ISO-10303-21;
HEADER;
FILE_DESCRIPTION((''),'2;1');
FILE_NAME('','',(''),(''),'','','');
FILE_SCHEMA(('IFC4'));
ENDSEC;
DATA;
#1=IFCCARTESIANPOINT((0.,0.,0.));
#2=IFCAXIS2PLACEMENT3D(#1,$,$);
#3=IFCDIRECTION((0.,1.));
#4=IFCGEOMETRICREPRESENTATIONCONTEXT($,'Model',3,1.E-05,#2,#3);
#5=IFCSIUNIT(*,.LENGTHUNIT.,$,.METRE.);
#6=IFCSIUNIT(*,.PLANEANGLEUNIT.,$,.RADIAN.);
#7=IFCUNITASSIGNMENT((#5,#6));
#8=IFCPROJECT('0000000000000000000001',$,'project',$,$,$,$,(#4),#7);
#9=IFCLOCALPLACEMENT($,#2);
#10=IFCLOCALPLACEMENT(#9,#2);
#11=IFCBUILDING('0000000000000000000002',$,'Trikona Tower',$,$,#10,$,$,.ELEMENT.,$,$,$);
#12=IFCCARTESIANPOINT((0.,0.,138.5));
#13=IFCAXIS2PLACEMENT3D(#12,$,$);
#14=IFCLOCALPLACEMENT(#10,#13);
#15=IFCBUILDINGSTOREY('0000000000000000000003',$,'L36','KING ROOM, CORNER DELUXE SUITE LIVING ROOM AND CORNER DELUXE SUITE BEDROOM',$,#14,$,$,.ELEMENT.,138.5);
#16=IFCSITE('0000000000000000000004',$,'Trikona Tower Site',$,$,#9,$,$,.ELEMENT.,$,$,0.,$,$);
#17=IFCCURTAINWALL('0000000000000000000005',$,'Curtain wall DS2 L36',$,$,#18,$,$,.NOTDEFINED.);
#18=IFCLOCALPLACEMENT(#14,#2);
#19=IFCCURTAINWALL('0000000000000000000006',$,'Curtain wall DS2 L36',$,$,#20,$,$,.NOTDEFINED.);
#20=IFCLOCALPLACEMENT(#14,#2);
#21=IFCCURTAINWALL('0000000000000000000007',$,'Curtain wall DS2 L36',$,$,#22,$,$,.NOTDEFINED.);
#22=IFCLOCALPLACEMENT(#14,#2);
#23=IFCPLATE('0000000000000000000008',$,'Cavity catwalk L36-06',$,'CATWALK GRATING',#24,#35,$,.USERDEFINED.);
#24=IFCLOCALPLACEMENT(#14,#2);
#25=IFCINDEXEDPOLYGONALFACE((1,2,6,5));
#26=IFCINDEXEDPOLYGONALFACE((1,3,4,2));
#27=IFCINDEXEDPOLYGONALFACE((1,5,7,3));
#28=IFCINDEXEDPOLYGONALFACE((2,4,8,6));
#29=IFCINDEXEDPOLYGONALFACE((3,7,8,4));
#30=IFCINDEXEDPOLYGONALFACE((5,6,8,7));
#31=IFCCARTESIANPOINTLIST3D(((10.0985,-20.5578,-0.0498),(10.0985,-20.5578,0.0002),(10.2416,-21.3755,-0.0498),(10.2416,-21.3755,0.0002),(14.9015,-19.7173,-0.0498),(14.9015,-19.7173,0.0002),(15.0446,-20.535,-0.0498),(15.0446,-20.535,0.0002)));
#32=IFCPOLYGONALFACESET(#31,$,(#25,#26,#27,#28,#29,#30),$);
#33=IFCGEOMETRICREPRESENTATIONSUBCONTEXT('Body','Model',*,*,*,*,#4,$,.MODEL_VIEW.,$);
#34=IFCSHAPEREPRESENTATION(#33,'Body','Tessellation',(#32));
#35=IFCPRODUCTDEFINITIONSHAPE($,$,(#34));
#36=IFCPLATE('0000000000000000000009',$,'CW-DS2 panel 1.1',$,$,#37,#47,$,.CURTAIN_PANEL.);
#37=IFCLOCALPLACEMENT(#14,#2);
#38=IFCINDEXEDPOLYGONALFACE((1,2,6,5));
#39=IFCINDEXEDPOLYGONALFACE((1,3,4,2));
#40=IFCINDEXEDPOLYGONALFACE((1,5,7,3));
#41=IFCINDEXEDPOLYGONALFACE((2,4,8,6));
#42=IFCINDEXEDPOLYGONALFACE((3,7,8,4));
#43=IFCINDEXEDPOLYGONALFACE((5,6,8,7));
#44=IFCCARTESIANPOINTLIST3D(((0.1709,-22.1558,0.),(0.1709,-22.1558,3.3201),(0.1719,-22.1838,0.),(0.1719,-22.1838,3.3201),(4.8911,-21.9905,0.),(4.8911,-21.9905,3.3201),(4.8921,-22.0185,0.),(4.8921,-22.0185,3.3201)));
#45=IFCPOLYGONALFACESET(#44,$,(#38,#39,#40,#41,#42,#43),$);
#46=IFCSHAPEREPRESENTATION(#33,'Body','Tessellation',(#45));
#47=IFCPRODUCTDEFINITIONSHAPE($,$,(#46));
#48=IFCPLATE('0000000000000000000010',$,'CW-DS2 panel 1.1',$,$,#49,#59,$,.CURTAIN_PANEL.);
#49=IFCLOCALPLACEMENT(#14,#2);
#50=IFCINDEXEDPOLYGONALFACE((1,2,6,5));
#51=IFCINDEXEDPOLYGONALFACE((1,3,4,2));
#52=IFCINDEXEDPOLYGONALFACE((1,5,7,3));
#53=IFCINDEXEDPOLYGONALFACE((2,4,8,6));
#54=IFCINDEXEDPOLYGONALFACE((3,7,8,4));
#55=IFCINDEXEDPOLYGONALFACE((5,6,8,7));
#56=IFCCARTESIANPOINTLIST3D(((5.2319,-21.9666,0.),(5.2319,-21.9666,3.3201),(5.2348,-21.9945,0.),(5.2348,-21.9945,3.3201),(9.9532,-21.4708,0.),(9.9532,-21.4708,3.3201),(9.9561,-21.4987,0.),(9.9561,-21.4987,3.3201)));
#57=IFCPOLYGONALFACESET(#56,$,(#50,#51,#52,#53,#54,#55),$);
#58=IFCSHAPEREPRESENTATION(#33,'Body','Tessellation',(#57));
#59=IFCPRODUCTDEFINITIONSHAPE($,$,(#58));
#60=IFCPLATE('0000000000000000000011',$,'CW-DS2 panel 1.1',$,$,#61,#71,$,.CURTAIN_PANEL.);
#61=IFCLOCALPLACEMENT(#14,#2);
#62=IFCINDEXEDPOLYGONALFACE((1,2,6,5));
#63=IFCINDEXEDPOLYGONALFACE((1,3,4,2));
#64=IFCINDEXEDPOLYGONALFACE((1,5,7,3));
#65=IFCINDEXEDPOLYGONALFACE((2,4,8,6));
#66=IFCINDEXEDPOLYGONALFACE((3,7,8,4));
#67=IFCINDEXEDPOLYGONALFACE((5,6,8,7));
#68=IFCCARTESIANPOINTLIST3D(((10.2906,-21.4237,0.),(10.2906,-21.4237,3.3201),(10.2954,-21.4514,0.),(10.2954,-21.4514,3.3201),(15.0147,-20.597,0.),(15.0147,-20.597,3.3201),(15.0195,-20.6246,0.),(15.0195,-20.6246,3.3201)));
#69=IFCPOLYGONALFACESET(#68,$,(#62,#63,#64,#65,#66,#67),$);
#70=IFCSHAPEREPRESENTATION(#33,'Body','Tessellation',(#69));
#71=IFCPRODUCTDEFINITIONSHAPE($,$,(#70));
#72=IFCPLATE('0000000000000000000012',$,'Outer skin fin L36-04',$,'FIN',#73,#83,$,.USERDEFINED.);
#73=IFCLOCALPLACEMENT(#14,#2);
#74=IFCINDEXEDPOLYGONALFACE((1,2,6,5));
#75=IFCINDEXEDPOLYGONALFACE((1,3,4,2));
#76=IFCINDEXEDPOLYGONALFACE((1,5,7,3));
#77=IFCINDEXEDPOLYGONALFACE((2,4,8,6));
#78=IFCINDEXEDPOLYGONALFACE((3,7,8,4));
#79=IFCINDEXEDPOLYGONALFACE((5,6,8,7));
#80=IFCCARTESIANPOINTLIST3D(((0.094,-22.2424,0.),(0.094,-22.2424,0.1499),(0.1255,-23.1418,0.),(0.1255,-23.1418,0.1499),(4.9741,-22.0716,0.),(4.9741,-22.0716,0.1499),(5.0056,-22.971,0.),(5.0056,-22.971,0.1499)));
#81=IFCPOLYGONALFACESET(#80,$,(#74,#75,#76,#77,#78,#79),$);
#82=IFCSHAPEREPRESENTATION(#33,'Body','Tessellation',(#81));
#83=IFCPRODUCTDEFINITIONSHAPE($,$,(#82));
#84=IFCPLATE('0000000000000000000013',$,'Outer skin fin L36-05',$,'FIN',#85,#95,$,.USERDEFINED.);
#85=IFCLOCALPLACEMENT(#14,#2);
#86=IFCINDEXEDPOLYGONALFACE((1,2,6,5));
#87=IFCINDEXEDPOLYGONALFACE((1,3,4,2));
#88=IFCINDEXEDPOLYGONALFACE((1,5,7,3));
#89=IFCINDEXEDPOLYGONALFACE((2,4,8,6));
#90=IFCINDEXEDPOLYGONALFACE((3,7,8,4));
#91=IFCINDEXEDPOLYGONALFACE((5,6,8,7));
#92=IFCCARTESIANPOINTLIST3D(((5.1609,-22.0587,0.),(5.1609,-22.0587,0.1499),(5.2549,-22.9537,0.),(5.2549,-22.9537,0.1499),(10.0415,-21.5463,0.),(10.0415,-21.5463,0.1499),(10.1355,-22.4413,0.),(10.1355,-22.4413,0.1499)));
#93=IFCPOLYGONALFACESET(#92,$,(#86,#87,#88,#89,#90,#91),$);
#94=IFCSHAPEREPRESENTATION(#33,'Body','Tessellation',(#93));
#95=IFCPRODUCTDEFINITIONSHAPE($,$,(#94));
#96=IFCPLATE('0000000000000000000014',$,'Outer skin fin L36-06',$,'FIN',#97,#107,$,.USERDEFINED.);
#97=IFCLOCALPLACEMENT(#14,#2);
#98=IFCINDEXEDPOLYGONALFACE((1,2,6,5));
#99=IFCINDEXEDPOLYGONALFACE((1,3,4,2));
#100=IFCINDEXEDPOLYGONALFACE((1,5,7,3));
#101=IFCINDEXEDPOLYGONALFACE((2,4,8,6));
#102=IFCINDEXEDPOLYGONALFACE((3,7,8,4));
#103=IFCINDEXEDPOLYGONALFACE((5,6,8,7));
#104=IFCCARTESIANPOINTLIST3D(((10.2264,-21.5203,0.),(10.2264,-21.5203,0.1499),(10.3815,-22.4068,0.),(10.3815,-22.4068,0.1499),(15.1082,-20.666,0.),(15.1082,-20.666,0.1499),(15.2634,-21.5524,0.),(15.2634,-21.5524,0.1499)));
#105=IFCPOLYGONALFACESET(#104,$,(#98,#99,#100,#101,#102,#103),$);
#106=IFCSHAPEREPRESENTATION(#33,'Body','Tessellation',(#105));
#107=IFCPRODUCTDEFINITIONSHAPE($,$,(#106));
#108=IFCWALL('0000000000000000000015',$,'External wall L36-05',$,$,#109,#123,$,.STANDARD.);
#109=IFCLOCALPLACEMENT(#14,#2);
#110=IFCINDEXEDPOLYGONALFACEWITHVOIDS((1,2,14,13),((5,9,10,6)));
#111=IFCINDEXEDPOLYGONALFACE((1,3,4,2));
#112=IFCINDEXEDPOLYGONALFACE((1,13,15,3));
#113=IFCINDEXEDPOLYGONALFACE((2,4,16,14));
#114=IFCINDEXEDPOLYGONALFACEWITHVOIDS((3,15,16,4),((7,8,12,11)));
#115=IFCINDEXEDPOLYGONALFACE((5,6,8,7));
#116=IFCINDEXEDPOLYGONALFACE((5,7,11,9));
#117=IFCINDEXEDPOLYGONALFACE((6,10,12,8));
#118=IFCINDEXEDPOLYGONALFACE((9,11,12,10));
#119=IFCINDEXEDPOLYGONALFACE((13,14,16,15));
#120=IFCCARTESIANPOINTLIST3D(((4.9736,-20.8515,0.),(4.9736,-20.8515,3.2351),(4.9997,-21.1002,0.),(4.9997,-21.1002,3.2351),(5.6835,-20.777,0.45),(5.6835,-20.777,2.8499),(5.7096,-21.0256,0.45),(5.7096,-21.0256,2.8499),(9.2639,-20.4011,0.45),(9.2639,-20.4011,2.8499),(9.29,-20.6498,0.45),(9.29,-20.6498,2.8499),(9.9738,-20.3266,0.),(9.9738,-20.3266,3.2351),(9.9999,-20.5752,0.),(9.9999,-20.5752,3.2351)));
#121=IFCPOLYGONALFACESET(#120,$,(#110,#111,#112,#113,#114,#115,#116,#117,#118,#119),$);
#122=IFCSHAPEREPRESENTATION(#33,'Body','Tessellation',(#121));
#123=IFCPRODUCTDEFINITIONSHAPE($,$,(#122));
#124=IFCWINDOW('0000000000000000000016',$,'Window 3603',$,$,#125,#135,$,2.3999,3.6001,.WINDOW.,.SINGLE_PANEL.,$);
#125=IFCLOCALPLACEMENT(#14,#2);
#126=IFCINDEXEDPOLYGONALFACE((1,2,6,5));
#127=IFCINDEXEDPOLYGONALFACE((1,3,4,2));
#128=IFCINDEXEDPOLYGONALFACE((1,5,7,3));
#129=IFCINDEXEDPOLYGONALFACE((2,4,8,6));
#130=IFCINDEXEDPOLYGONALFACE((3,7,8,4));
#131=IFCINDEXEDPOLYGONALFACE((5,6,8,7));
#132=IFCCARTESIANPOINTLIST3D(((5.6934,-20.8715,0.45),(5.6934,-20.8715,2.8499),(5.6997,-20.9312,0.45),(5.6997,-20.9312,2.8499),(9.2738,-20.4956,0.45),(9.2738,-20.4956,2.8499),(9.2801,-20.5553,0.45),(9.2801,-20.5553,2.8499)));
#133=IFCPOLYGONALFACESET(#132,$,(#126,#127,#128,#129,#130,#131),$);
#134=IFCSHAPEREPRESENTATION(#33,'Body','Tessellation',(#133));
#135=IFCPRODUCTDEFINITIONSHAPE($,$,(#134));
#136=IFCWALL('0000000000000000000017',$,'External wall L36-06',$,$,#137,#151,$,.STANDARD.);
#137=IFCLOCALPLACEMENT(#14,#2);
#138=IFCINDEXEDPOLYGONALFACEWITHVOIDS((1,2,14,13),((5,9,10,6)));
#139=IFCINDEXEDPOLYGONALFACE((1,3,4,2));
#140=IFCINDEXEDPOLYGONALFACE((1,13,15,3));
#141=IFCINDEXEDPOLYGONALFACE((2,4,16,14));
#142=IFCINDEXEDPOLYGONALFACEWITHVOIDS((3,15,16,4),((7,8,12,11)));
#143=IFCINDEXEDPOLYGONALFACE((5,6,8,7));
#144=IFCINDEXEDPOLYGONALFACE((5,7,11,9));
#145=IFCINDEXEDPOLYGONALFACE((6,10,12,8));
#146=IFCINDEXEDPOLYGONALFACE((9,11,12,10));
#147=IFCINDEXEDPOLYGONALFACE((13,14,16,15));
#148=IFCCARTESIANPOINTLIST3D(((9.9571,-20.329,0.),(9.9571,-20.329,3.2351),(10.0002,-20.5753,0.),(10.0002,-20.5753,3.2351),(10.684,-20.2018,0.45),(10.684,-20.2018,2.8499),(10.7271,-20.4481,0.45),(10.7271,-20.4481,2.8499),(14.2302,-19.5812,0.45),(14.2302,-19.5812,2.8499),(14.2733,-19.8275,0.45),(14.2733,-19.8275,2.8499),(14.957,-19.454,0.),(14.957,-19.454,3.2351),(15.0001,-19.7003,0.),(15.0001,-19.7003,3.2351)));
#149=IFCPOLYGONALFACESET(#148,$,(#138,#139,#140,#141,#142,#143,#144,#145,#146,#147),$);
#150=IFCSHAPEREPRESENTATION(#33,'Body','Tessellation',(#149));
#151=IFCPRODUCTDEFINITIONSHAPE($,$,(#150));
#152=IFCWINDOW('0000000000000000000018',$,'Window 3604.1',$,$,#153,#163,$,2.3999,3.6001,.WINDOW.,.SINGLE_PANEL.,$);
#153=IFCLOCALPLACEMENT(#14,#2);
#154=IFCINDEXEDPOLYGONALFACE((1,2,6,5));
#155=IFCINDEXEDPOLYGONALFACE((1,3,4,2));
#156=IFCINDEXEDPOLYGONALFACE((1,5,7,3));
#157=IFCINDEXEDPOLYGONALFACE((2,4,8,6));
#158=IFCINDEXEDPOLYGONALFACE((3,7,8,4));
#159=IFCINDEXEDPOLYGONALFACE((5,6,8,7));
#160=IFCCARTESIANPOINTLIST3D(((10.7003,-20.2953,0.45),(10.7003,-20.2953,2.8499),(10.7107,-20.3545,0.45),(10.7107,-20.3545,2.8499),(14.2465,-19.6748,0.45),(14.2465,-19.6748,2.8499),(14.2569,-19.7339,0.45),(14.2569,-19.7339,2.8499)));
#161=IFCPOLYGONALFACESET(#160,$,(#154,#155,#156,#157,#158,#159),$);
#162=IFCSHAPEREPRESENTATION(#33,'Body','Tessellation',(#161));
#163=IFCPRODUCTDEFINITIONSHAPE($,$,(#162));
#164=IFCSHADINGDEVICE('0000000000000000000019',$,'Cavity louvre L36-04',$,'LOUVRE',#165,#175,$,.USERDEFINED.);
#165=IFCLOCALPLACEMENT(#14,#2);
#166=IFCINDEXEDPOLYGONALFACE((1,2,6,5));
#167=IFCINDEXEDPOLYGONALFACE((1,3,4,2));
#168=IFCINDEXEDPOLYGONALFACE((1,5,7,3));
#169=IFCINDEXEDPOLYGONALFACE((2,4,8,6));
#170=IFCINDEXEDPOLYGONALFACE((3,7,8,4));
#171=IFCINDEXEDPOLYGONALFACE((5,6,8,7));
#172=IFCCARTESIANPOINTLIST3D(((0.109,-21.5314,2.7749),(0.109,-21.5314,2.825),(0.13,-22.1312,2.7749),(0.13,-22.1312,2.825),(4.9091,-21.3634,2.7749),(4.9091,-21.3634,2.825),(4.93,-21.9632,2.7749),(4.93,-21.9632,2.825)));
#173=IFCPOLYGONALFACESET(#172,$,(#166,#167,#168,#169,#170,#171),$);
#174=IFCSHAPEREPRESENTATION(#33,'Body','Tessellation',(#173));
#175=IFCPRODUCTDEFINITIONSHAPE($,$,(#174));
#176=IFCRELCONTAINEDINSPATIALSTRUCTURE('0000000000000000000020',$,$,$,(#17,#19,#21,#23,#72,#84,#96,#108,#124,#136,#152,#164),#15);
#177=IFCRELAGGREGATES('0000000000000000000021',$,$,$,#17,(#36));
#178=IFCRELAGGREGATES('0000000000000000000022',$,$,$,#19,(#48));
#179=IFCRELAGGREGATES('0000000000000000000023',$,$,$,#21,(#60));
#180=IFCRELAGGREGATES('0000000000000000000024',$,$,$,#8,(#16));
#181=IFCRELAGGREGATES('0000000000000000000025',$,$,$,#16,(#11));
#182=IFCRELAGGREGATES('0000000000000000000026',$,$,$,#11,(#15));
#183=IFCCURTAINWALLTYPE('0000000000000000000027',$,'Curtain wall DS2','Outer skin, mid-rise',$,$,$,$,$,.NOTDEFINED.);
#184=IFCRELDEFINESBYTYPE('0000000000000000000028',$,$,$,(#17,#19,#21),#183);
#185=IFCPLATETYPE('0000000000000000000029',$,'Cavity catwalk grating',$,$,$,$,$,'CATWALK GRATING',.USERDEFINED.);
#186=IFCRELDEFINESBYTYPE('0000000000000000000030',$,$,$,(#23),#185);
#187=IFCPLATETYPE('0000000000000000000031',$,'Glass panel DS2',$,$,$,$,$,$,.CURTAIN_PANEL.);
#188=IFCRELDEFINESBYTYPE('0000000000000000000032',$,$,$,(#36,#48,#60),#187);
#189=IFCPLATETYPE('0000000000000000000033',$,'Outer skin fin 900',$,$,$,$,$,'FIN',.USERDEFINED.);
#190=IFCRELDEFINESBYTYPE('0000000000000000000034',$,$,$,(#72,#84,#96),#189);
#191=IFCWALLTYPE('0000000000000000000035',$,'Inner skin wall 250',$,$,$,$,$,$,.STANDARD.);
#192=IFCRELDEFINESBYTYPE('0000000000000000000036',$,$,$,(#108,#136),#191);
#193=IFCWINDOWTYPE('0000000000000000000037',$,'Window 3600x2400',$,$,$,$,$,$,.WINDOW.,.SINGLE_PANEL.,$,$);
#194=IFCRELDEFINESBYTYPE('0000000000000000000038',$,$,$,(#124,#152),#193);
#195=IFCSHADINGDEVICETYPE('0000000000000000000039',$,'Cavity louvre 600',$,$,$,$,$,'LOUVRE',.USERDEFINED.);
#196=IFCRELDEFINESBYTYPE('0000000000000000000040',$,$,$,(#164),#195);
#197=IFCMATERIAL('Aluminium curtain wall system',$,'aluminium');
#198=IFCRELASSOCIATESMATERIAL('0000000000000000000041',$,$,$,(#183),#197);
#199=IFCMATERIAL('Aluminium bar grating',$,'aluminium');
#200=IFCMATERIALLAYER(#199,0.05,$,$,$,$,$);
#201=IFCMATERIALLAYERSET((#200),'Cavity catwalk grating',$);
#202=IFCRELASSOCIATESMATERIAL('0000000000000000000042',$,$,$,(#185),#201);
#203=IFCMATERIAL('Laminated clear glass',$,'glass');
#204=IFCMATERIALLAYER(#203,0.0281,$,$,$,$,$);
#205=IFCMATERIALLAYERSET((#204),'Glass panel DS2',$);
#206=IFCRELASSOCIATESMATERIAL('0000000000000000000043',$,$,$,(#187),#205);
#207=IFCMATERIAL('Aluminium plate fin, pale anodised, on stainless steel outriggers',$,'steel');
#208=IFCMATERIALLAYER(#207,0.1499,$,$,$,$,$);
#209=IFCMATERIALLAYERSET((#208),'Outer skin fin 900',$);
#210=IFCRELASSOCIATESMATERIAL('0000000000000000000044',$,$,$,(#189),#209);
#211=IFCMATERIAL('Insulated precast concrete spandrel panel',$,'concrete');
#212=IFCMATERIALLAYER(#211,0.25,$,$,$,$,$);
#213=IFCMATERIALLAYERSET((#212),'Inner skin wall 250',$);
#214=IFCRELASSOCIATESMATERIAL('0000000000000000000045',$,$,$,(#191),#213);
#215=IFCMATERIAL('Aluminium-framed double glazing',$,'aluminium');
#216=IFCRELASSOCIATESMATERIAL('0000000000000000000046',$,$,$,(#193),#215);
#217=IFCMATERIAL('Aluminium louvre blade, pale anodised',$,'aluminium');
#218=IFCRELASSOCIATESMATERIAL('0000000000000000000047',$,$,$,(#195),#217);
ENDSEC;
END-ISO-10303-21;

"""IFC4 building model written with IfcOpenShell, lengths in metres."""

from ifc_helpers import new_model, si_unit, direction, frame, frame_2d, origin, origin_2d, place, context, subcontext, project, spatial, rectangle, extrude, material, layer, layer_set, type_object, element, fill, aggregate, save


model = new_model("IFC4")

# Units and contexts
model_context = context("Model", 3, precision=1e-05, world=origin(), true_north=direction((0.0, 1.0)))
body_context = subcontext(model_context, "Body", "Model", "MODEL_VIEW")
ifc_project = project(units=[si_unit("LENGTHUNIT", "METRE"), si_unit("PLANEANGLEUNIT", "RADIAN")], contexts=[model_context])

# Site, building, storey
site_placement = place(None, origin())
site = spatial("IfcSite", under=ifc_project, at=site_placement, Name="Trikona Tower Site", CompositionType="ELEMENT", RefElevation=0.0)
building_placement = place(site_placement, origin())
building = spatial("IfcBuilding", under=site, at=building_placement, Name="Trikona Tower", CompositionType="ELEMENT")
storey_placement = place(building_placement, frame((0.0, 0.0, 138.5)))
storey = spatial("IfcBuildingStorey", under=building, at=storey_placement, Name="L36", Description="KING ROOM, CORNER DELUXE SUITE LIVING ROOM AND CORNER DELUXE SUITE BEDROOM", CompositionType="ELEMENT", Elevation=138.5)

# Curtain walls
ifc_material_1 = material(Name="Aluminium curtain wall system", Category="aluminium")
curtain_wall_type = type_object("IfcCurtainWallType", Name="Curtain wall DS2", Description="Outer skin, mid-rise", PredefinedType="NOTDEFINED", material=ifc_material_1)
curtain_wall_1_placement = place(storey_placement, origin())
curtain_wall_1 = element("IfcCurtainWall", 1, at=curtain_wall_1_placement, inside=storey, type_object=curtain_wall_type, Name="Curtain wall DS2 L36", PredefinedType="NOTDEFINED")
curtain_wall_2_placement = place(storey_placement, origin())
curtain_wall_2 = element("IfcCurtainWall", 2, at=curtain_wall_2_placement, inside=storey, type_object=curtain_wall_type, Name="Curtain wall DS2 L36", PredefinedType="NOTDEFINED")

# Curtain wall
curtain_wall_3_placement = place(storey_placement, origin())
curtain_wall_3 = element("IfcCurtainWall", 3, at=curtain_wall_3_placement, inside=storey, type_object=curtain_wall_type, Name="Curtain wall DS2 L36", PredefinedType="NOTDEFINED")

# Plate
ifc_material_2 = material(Name="Aluminium bar grating", Category="aluminium")
ifc_layer_1 = layer(ifc_material_2, 0.05)
ifc_layer_set_1 = layer_set([ifc_layer_1], Name="Cavity catwalk grating")
plate_type_1 = type_object("IfcPlateType", Name="Cavity catwalk grating", ElementType="CATWALK GRATING", PredefinedType="USERDEFINED", material=ifc_layer_set_1)
plate_1_placement = place(storey_placement, frame((12.5715, -20.5464, -0.0498), z_axis=(0.0, 0.0, 1.0), x_axis=(0.985031, 0.17238, 0.0)))
element("IfcPlate", 4, at=plate_1_placement, inside=storey, type_object=plate_type_1, Name="Cavity catwalk L36-06", ObjectType="CATWALK GRATING", PredefinedType="USERDEFINED", context=body_context, shape_type="SweptSolid", body=[
    extrude(rectangle(XDim=4.876, YDim=0.8301, at=origin_2d()), origin(), (0.0, 0.0, 1.0), 0.05),
])

# Plates
ifc_material_3 = material(Name="Laminated clear glass", Category="glass")
ifc_layer_2 = layer(ifc_material_3, 0.0281)
ifc_layer_set_2 = layer_set([ifc_layer_2], Name="Glass panel DS2")
plate_type_2 = type_object("IfcPlateType", Name="Glass panel DS2", PredefinedType="CURTAIN_PANEL", material=ifc_layer_set_2)
plate_2_placement = place(storey_placement, frame((2.5315, -22.0872, 0.0), z_axis=(0.0, 0.0, 1.0), x_axis=(0.999387, 0.034998, 0.0)))
plate_2 = element("IfcPlate", 5, at=plate_2_placement, type_object=plate_type_2, Name="CW-DS2 panel 1.1", PredefinedType="CURTAIN_PANEL", context=body_context, shape_type="SweptSolid", body=[
    extrude(rectangle(XDim=4.7231, YDim=0.0281, at=origin_2d()), origin(), (0.0, 0.0, 1.0), 3.3201),
])
aggregate(curtain_wall_1, [plate_2])
plate_3_placement = place(storey_placement, frame((7.594, -21.7327, 0.0), z_axis=(0.0, 0.0, 1.0), x_axis=(0.994532, 0.104433, 0.0)))
plate_3 = element("IfcPlate", 6, at=plate_3_placement, type_object=plate_type_2, Name="CW-DS2 panel 1.1", PredefinedType="CURTAIN_PANEL", context=body_context, shape_type="SweptSolid", body=[
    extrude(rectangle(XDim=4.7473, YDim=0.0281, at=origin_2d()), origin(), (0.0, 0.0, 1.0), 3.3201),
])
aggregate(curtain_wall_2, [plate_3])
plate_4_placement = place(storey_placement, frame((12.655, -21.0242, 0.0), z_axis=(0.0, 0.0, 1.0), x_axis=(0.985031, 0.172377, 0.0)))
plate_4 = element("IfcPlate", 7, at=plate_4_placement, type_object=plate_type_2, Name="CW-DS2 panel 1.1", PredefinedType="CURTAIN_PANEL", context=body_context, shape_type="SweptSolid", body=[
    extrude(rectangle(XDim=4.7959, YDim=0.0281, at=origin_2d()), origin(), (0.0, 0.0, 1.0), 3.3201),
])
aggregate(curtain_wall_3, [plate_4])

# Plates
ifc_material_4 = material(Name="Aluminium plate fin, pale anodised, on stainless steel outriggers", Category="steel")
ifc_layer_3 = layer(ifc_material_4, 0.1499)
ifc_layer_set_3 = layer_set([ifc_layer_3], Name="Outer skin fin 900")
plate_type_3 = type_object("IfcPlateType", Name="Outer skin fin 900", ElementType="FIN", PredefinedType="USERDEFINED", material=ifc_layer_set_3)
plate_5_placement = place(storey_placement, frame((2.5498, -22.6067, 0.0), z_axis=(0.0, 0.0, 1.0), x_axis=(0.999388, 0.034978, 0.0)))
element("IfcPlate", 8, at=plate_5_placement, inside=storey, type_object=plate_type_3, Name="Outer skin fin L36-04", ObjectType="FIN", PredefinedType="USERDEFINED", context=body_context, shape_type="SweptSolid", body=[
    extrude(rectangle(XDim=4.8831, YDim=0.8999, at=origin_2d()), origin(), (0.0, 0.0, 1.0), 0.1499),
])
plate_6_placement = place(storey_placement, frame((7.6482, -22.25, 0.0), z_axis=(0.0, 0.0, 1.0), x_axis=(0.994533, 0.104426, 0.0)))
element("IfcPlate", 9, at=plate_6_placement, inside=storey, type_object=plate_type_3, Name="Outer skin fin L36-05", ObjectType="FIN", PredefinedType="USERDEFINED", context=body_context, shape_type="SweptSolid", body=[
    extrude(rectangle(XDim=4.9075, YDim=0.8999, at=origin_2d()), origin(), (0.0, 0.0, 1.0), 0.1499),
])
plate_7_placement = place(storey_placement, frame((12.7449, -21.5364, 0.0), z_axis=(0.0, 0.0, 1.0), x_axis=(0.985031, 0.17238, 0.0)))
element("IfcPlate", 10, at=plate_7_placement, inside=storey, type_object=plate_type_3, Name="Outer skin fin L36-06", ObjectType="FIN", PredefinedType="USERDEFINED", context=body_context, shape_type="SweptSolid", body=[
    extrude(rectangle(XDim=4.9561, YDim=0.8999, at=origin_2d()), origin(), (0.0, 0.0, 1.0), 0.1499),
])

# Walls, openings, windows
ifc_material_5 = material(Name="Insulated precast concrete spandrel panel", Category="concrete")
ifc_layer_4 = layer(ifc_material_5, 0.25)
ifc_layer_set_4 = layer_set([ifc_layer_4], Name="Inner skin wall 250")
wall_type = type_object("IfcWallType", Name="Inner skin wall 250", PredefinedType="STANDARD", material=ifc_layer_set_4)
wall_1_placement = place(storey_placement, frame((4.9868, -20.9758, 0.0), z_axis=(0.0, 0.0, 1.0), x_axis=(0.994535, 0.104407, 0.0)))
wall_1 = element("IfcWall", 11, at=wall_1_placement, inside=storey, type_object=wall_type, Name="External wall L36-05", PredefinedType="STANDARD", context=body_context, shape_type="SweptSolid", body=[
    extrude(rectangle(XDim=5.0276, YDim=0.25, at=frame_2d((2.5137, 0.0))), origin(), (0.0, 0.0, 1.0), 3.2351),
])
opening_1_placement = place(wall_1_placement, frame((0.7136, 0.0, 0.45)))
opening_1 = element("IfcOpeningElement", 12, at=opening_1_placement, cuts=wall_1, PredefinedType="OPENING", context=body_context, shape_type="SweptSolid", body=[
    extrude(rectangle(XDim=3.6001, YDim=2.3999, at=frame_2d((1.8, 1.2))), frame((0.0, 0.135, 0.0), z_axis=(0.0, -1.0, 0.0), x_axis=(1.0, 0.0, 0.0)), (0.0, 0.0, 1.0), 0.27),
])
ifc_material_6 = material(Name="Aluminium-framed double glazing", Category="aluminium")
window_type = type_object("IfcWindowType", Name="Window 3600x2400", PartitioningType="SINGLE_PANEL", PredefinedType="WINDOW", material=ifc_material_6)
window_1_placement = place(opening_1_placement, origin())
window_1 = element("IfcWindow", 13, at=window_1_placement, inside=storey, type_object=window_type, Name="Window 3603", OverallHeight=2.3999, OverallWidth=3.6001, PartitioningType="SINGLE_PANEL", PredefinedType="WINDOW", context=body_context, shape_type="SweptSolid", body=[
    extrude(rectangle(XDim=3.6001, YDim=2.3999, at=frame_2d((1.8, 1.2))), frame((0.0, 0.03, 0.0), z_axis=(0.0, -1.0, 0.0), x_axis=(1.0, 0.0, 0.0)), (0.0, 0.0, 1.0), 0.0601),
])
fill(opening_1, window_1)
wall_2_placement = place(storey_placement, frame((9.9785, -20.4521, 0.0), z_axis=(0.0, 0.0, 1.0), x_axis=(0.98503, 0.17238, 0.0)))
wall_2 = element("IfcWall", 14, at=wall_2_placement, inside=storey, type_object=wall_type, Name="External wall L36-06", PredefinedType="STANDARD", context=body_context, shape_type="SweptSolid", body=[
    extrude(rectangle(XDim=5.0759, YDim=0.25, at=frame_2d((2.5381, 0.0))), origin(), (0.0, 0.0, 1.0), 3.2351),
])
opening_2_placement = place(wall_2_placement, frame((0.738, 0.0, 0.45)))
opening_2 = element("IfcOpeningElement", 15, at=opening_2_placement, cuts=wall_2, PredefinedType="OPENING", context=body_context, shape_type="SweptSolid", body=[
    extrude(rectangle(XDim=3.6001, YDim=2.3999, at=frame_2d((1.8, 1.2))), frame((0.0, 0.135, 0.0), z_axis=(0.0, -1.0, 0.0), x_axis=(1.0, 0.0, 0.0)), (0.0, 0.0, 1.0), 0.27),
])
window_2_placement = place(opening_2_placement, origin())
window_2 = element("IfcWindow", 16, at=window_2_placement, inside=storey, type_object=window_type, Name="Window 3604.1", OverallHeight=2.3999, OverallWidth=3.6001, PartitioningType="SINGLE_PANEL", PredefinedType="WINDOW", context=body_context, shape_type="SweptSolid", body=[
    extrude(rectangle(XDim=3.6001, YDim=2.3999, at=frame_2d((1.8, 1.2))), frame((0.0, 0.03, 0.0), z_axis=(0.0, -1.0, 0.0), x_axis=(1.0, 0.0, 0.0)), (0.0, 0.0, 1.0), 0.0601),
])
fill(opening_2, window_2)

# Shading device
ifc_material_7 = material(Name="Aluminium louvre blade, pale anodised", Category="aluminium")
shading_device_type = type_object("IfcShadingDeviceType", Name="Cavity louvre 600", ElementType="LOUVRE", PredefinedType="USERDEFINED", material=ifc_material_7)
shading_device_1_placement = place(storey_placement, frame((2.5195, -21.7473, 2.7749), z_axis=(0.0, 0.0, 1.0), x_axis=(0.999388, 0.034978, 0.0)))
element("IfcShadingDevice", 17, at=shading_device_1_placement, inside=storey, type_object=shading_device_type, Name="Cavity louvre L36-04", ObjectType="LOUVRE", PredefinedType="USERDEFINED", context=body_context, shape_type="SweptSolid", body=[
    extrude(rectangle(XDim=4.803, YDim=0.6001, at=origin_2d()), origin(), (0.0, 0.0, 1.0), 0.05),
])

save(model, "model.ifc")
